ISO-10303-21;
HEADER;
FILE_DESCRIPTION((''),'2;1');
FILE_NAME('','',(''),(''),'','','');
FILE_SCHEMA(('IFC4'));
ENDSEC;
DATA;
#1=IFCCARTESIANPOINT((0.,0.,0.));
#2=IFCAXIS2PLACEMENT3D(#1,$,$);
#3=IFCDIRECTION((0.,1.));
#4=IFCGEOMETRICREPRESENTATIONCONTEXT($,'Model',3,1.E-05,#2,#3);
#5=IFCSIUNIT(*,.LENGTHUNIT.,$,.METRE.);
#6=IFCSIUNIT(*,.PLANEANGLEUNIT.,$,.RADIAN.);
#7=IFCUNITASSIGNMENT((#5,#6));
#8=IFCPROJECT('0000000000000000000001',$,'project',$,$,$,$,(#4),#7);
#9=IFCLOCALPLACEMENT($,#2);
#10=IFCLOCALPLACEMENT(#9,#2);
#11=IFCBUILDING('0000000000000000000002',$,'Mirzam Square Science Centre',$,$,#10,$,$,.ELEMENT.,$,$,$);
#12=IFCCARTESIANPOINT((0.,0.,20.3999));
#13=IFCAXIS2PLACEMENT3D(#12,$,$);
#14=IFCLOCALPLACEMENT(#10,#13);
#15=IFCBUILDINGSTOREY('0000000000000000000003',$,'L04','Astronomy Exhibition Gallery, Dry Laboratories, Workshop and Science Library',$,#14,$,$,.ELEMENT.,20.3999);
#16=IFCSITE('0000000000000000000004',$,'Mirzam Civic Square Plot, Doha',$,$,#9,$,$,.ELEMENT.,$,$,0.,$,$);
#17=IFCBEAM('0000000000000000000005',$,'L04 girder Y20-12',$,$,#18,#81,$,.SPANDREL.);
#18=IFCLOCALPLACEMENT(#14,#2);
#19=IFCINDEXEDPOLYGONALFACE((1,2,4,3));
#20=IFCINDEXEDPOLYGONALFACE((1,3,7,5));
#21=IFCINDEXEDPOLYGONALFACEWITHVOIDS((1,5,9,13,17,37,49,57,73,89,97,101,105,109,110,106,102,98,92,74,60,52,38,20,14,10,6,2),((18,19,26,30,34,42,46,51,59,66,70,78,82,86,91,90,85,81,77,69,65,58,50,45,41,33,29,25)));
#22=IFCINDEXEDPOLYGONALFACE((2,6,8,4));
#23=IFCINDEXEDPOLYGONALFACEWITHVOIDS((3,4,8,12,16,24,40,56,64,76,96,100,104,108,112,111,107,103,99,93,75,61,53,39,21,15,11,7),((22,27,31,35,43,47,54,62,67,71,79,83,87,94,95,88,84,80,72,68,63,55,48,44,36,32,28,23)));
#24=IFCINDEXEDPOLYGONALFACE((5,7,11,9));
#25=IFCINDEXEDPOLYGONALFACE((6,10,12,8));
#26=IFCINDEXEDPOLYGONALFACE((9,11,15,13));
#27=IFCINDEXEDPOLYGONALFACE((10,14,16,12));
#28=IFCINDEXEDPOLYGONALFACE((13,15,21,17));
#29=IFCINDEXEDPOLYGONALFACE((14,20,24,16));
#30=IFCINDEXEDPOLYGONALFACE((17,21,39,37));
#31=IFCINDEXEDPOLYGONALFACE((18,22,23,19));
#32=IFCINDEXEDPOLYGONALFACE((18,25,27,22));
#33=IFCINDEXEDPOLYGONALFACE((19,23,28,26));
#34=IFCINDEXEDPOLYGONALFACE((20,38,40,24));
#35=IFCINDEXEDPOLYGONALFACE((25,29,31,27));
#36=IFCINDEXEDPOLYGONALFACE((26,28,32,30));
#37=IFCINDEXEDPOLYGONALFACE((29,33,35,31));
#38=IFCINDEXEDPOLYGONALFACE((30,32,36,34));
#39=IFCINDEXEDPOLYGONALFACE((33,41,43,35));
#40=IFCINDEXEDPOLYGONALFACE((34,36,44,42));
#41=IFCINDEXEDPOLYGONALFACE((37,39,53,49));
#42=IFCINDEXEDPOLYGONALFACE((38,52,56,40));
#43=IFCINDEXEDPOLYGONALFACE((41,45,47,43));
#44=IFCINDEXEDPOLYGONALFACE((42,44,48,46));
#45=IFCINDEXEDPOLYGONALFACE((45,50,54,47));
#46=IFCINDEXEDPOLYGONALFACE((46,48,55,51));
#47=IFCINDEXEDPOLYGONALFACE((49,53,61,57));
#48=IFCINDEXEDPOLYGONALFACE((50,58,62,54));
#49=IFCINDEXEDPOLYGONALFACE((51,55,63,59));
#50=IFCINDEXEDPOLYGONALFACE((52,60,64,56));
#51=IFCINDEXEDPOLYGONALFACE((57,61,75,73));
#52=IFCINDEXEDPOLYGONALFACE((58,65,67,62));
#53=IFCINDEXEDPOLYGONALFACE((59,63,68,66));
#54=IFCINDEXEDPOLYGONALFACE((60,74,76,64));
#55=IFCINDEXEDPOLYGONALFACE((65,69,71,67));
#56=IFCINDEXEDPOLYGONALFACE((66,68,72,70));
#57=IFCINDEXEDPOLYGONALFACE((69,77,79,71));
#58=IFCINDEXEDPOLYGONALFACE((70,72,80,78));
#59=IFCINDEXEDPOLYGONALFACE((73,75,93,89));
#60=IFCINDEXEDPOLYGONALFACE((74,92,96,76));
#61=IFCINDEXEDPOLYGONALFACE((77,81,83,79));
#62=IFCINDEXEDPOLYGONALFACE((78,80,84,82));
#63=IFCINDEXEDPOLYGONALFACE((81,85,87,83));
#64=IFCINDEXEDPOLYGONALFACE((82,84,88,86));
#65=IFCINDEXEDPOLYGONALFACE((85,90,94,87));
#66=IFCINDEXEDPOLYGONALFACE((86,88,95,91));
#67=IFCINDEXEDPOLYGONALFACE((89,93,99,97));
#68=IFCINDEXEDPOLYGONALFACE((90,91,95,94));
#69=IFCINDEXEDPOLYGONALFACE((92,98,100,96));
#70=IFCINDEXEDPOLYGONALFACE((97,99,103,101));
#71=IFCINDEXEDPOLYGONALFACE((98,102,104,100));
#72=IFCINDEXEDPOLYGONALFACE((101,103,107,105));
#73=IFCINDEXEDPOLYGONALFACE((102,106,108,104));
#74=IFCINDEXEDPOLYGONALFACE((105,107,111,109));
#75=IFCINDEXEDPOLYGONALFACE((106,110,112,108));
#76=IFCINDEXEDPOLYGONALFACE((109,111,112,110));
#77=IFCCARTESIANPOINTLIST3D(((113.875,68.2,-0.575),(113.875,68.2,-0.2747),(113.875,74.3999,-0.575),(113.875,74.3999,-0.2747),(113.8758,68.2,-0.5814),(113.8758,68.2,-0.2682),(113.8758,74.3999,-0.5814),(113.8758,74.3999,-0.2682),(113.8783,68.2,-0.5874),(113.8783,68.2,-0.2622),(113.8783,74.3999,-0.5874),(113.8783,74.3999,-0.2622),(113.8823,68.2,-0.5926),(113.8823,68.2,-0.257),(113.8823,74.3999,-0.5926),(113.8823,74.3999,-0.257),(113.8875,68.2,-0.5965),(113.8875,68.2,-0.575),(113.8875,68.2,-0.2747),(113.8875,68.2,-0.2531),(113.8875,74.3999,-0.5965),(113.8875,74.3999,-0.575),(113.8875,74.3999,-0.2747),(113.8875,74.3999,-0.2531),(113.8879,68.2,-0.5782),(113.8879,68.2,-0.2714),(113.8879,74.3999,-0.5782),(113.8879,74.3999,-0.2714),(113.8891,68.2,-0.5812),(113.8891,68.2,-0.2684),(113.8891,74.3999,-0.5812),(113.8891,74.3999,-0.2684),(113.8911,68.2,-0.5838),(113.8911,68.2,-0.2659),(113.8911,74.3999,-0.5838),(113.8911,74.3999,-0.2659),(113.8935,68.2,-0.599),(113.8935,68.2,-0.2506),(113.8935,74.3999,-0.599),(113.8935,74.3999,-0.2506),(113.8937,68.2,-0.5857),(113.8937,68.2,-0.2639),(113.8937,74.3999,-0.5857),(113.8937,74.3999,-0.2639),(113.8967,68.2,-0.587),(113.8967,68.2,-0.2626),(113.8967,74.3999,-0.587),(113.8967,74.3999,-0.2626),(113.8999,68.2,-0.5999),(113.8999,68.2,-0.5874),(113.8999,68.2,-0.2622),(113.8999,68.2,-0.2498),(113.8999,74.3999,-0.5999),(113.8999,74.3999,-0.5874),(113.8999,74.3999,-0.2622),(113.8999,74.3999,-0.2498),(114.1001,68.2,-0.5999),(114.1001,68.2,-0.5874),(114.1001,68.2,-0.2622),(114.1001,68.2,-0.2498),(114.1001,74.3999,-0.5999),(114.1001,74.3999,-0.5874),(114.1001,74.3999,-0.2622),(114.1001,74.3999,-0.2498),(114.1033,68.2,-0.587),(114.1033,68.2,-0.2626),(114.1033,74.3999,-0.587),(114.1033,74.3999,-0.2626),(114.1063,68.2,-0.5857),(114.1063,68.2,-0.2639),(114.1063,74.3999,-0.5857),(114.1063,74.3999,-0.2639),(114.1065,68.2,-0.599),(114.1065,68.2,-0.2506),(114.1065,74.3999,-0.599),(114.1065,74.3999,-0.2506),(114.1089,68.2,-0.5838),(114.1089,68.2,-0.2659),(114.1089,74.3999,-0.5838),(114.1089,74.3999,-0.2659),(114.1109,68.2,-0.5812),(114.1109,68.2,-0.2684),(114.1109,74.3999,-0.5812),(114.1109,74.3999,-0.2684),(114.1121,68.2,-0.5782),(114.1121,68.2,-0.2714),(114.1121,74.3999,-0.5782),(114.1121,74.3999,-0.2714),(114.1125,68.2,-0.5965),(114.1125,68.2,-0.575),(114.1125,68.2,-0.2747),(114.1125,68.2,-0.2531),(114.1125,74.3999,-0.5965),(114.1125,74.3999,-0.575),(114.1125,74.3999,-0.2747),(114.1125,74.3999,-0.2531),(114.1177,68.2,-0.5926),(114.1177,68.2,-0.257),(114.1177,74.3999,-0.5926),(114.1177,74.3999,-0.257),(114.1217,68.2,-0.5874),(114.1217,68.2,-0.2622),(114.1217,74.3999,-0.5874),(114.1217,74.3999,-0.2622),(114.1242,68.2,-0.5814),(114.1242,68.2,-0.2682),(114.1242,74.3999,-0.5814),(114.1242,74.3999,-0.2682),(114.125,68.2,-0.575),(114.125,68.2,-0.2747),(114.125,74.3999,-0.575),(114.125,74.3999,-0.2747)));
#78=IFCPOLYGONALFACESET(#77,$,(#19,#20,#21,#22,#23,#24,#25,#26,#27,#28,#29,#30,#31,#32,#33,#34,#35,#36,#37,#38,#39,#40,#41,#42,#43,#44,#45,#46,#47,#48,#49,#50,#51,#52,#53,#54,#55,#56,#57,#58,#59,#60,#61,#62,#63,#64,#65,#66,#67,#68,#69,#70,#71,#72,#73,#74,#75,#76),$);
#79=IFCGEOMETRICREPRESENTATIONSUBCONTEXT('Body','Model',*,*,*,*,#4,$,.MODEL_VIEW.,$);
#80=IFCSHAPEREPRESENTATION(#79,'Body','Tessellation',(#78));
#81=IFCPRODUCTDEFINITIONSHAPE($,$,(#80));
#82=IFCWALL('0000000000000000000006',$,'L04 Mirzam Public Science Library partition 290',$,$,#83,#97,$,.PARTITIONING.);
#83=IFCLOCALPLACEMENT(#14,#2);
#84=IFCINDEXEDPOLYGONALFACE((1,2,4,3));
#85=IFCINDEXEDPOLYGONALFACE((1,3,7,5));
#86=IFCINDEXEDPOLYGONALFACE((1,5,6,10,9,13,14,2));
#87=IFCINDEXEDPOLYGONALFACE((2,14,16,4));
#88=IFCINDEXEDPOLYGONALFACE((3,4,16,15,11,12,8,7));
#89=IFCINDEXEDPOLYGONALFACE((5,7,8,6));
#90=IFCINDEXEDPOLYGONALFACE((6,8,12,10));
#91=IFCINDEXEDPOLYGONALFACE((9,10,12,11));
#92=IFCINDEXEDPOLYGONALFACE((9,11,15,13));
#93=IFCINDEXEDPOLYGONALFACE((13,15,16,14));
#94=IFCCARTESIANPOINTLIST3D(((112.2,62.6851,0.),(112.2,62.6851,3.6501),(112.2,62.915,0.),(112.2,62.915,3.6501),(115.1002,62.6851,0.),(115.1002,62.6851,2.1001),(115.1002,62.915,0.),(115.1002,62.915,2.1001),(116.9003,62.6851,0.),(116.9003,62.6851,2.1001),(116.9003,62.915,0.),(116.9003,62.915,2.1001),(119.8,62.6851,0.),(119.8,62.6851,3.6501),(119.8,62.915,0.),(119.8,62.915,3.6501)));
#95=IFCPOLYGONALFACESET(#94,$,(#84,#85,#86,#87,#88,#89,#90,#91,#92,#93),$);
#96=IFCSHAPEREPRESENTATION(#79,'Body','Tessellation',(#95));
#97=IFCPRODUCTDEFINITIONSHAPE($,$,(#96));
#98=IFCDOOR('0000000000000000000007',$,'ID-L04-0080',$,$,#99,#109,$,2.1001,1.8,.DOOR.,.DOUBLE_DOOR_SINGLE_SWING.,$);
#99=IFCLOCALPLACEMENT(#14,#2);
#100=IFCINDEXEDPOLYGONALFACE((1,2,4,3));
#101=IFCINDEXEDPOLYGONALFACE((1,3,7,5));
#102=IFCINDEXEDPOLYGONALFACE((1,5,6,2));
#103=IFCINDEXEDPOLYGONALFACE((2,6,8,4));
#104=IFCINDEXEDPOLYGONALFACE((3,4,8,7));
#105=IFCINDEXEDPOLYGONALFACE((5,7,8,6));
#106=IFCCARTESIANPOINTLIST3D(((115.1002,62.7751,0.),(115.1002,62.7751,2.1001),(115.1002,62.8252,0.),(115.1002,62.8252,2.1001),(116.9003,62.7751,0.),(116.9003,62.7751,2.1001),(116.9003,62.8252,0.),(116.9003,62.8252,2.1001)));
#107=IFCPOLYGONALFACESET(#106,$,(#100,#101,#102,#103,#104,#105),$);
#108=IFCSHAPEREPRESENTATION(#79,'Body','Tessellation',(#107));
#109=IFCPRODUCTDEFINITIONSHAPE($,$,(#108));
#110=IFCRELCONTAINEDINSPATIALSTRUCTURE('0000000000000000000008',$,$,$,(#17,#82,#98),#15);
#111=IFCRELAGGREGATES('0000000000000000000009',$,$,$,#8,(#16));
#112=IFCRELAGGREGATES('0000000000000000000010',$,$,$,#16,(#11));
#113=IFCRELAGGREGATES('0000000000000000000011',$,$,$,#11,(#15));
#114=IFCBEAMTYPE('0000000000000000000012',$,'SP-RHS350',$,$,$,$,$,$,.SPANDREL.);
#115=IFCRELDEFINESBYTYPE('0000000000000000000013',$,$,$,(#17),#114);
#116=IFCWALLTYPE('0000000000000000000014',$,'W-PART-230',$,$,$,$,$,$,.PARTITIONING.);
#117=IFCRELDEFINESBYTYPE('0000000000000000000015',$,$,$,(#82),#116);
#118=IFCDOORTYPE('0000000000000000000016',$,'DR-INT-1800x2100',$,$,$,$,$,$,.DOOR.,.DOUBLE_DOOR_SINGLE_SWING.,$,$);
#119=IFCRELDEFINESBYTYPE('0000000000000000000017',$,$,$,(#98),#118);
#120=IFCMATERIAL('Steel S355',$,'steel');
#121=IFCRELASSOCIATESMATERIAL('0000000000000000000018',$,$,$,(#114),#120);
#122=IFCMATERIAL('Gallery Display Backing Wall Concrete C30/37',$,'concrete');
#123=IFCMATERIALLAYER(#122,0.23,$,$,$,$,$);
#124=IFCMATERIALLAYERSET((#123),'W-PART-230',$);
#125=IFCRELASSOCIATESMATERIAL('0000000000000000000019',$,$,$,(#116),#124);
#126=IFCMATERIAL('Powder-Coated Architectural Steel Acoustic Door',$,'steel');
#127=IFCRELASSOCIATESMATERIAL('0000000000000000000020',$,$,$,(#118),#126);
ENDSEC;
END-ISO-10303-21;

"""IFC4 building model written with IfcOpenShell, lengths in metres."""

from ifc_helpers import new_model, si_unit, direction, frame, frame_2d, origin, origin_2d, place, context, subcontext, project, spatial, rectangle, hollow_rectangle, extrude, material, layer, layer_set, material_profile, profile_set, type_object, element, fill, save


model = new_model("IFC4")

# Units and contexts
model_context = context("Model", 3, precision=1e-05, world=origin(), true_north=direction((0.0, 1.0)))
body_context = subcontext(model_context, "Body", "Model", "MODEL_VIEW")
ifc_project = project(units=[si_unit("LENGTHUNIT", "METRE"), si_unit("PLANEANGLEUNIT", "RADIAN")], contexts=[model_context])

# Site, building, storey
site_placement = place(None, origin())
site = spatial("IfcSite", under=ifc_project, at=site_placement, Name="Mirzam Civic Square Plot, Doha", CompositionType="ELEMENT", RefElevation=0.0)
building_placement = place(site_placement, origin())
building = spatial("IfcBuilding", under=site, at=building_placement, Name="Mirzam Square Science Centre", CompositionType="ELEMENT")
storey_placement = place(building_placement, frame((0.0, 0.0, 20.3999)))
storey = spatial("IfcBuildingStorey", under=building, at=storey_placement, Name="L04", Description="Astronomy Exhibition Gallery, Dry Laboratories, Workshop and Science Library", CompositionType="ELEMENT", Elevation=20.3999)

# Shared definitions
ifc_material_1 = material(Name="Steel S355", Category="steel")

# Beam
ifc_material_profile_1 = material_profile(ifc_material_1, hollow_rectangle(XDim=0.25, YDim=0.3501, WallThickness=0.0125, InnerFilletRadius=0.0125, OuterFilletRadius=0.0249, at=origin_2d()), Name="350x250x12.5RHS")
ifc_profile_set_1 = profile_set([ifc_material_profile_1], Name="Steel S355")
beam_type_1 = type_object("IfcBeamType", Name="SP-RHS350", PredefinedType="SPANDREL", material=ifc_profile_set_1)
for number, where, z_axis, x_axis, name in (
    (1, (114.0, 68.2, -0.4248), (0.0, 1.0, 0.0), (-1.0, 0.0, 0.0), "L04 girder Y20-12"),
):
    element("IfcBeam", number, at=place(storey_placement, frame(where, z_axis=z_axis, x_axis=x_axis)), inside=storey, type_object=beam_type_1, Name=name, PredefinedType="SPANDREL", context=body_context, shape_type="SweptSolid", body=[
        extrude(hollow_rectangle(XDim=0.25, YDim=0.3501, WallThickness=0.0125, InnerFilletRadius=0.0125, OuterFilletRadius=0.0249, at=origin_2d()), origin(), (0.0, 0.0, 1.0), 6.2),
    ])

# Wall, opening, door
ifc_material_2 = material(Name="Gallery Display Backing Wall Concrete C30/37", Category="concrete")
ifc_layer = layer(ifc_material_2, 0.23)
ifc_layer_set = layer_set([ifc_layer], Name="W-PART-230")
wall_type = type_object("IfcWallType", Name="W-PART-230", PredefinedType="PARTITIONING", material=ifc_layer_set)
wall_placement = place(storey_placement, frame((119.8, 62.8, 0.0), z_axis=(0.0, 0.0, 1.0), x_axis=(-1.0, 0.0, 0.0)))
wall = element("IfcWall", 2, at=wall_placement, inside=storey, type_object=wall_type, Name="L04 Mirzam Public Science Library partition 290", PredefinedType="PARTITIONING", context=body_context, shape_type="SweptSolid", body=[
    extrude(rectangle(XDim=7.6001, YDim=0.23, at=frame_2d((3.8, 0.0))), origin(), (0.0, 0.0, 1.0), 3.6501),
])
opening_placement = place(wall_placement, frame((2.8999, 0.0, 0.0)))
opening = element("IfcOpeningElement", 3, at=opening_placement, cuts=wall, PredefinedType="OPENING", context=body_context, shape_type="SweptSolid", body=[
    extrude(rectangle(XDim=1.8, YDim=2.1001, at=frame_2d((0.8999, 1.05))), frame((0.0, 0.125, 0.0), z_axis=(0.0, -1.0, 0.0), x_axis=(1.0, 0.0, 0.0)), (0.0, 0.0, 1.0), 0.25),
])
ifc_material_3 = material(Name="Powder-Coated Architectural Steel Acoustic Door", Category="steel")
door_type = type_object("IfcDoorType", Name="DR-INT-1800x2100", OperationType="DOUBLE_DOOR_SINGLE_SWING", PredefinedType="DOOR", material=ifc_material_3)
door_placement = place(opening_placement, origin())
door = element("IfcDoor", 4, at=door_placement, inside=storey, type_object=door_type, Name="ID-L04-0080", OperationType="DOUBLE_DOOR_SINGLE_SWING", OverallHeight=2.1001, OverallWidth=1.8, PredefinedType="DOOR", context=body_context, shape_type="SweptSolid", body=[
    extrude(rectangle(XDim=1.8, YDim=2.1001, at=frame_2d((0.8999, 1.05))), frame((0.0, 0.0249, 0.0), z_axis=(0.0, -1.0, 0.0), x_axis=(1.0, 0.0, 0.0)), (0.0, 0.0, 1.0), 0.05),
])
fill(opening, door)

save(model, "model.ifc")
